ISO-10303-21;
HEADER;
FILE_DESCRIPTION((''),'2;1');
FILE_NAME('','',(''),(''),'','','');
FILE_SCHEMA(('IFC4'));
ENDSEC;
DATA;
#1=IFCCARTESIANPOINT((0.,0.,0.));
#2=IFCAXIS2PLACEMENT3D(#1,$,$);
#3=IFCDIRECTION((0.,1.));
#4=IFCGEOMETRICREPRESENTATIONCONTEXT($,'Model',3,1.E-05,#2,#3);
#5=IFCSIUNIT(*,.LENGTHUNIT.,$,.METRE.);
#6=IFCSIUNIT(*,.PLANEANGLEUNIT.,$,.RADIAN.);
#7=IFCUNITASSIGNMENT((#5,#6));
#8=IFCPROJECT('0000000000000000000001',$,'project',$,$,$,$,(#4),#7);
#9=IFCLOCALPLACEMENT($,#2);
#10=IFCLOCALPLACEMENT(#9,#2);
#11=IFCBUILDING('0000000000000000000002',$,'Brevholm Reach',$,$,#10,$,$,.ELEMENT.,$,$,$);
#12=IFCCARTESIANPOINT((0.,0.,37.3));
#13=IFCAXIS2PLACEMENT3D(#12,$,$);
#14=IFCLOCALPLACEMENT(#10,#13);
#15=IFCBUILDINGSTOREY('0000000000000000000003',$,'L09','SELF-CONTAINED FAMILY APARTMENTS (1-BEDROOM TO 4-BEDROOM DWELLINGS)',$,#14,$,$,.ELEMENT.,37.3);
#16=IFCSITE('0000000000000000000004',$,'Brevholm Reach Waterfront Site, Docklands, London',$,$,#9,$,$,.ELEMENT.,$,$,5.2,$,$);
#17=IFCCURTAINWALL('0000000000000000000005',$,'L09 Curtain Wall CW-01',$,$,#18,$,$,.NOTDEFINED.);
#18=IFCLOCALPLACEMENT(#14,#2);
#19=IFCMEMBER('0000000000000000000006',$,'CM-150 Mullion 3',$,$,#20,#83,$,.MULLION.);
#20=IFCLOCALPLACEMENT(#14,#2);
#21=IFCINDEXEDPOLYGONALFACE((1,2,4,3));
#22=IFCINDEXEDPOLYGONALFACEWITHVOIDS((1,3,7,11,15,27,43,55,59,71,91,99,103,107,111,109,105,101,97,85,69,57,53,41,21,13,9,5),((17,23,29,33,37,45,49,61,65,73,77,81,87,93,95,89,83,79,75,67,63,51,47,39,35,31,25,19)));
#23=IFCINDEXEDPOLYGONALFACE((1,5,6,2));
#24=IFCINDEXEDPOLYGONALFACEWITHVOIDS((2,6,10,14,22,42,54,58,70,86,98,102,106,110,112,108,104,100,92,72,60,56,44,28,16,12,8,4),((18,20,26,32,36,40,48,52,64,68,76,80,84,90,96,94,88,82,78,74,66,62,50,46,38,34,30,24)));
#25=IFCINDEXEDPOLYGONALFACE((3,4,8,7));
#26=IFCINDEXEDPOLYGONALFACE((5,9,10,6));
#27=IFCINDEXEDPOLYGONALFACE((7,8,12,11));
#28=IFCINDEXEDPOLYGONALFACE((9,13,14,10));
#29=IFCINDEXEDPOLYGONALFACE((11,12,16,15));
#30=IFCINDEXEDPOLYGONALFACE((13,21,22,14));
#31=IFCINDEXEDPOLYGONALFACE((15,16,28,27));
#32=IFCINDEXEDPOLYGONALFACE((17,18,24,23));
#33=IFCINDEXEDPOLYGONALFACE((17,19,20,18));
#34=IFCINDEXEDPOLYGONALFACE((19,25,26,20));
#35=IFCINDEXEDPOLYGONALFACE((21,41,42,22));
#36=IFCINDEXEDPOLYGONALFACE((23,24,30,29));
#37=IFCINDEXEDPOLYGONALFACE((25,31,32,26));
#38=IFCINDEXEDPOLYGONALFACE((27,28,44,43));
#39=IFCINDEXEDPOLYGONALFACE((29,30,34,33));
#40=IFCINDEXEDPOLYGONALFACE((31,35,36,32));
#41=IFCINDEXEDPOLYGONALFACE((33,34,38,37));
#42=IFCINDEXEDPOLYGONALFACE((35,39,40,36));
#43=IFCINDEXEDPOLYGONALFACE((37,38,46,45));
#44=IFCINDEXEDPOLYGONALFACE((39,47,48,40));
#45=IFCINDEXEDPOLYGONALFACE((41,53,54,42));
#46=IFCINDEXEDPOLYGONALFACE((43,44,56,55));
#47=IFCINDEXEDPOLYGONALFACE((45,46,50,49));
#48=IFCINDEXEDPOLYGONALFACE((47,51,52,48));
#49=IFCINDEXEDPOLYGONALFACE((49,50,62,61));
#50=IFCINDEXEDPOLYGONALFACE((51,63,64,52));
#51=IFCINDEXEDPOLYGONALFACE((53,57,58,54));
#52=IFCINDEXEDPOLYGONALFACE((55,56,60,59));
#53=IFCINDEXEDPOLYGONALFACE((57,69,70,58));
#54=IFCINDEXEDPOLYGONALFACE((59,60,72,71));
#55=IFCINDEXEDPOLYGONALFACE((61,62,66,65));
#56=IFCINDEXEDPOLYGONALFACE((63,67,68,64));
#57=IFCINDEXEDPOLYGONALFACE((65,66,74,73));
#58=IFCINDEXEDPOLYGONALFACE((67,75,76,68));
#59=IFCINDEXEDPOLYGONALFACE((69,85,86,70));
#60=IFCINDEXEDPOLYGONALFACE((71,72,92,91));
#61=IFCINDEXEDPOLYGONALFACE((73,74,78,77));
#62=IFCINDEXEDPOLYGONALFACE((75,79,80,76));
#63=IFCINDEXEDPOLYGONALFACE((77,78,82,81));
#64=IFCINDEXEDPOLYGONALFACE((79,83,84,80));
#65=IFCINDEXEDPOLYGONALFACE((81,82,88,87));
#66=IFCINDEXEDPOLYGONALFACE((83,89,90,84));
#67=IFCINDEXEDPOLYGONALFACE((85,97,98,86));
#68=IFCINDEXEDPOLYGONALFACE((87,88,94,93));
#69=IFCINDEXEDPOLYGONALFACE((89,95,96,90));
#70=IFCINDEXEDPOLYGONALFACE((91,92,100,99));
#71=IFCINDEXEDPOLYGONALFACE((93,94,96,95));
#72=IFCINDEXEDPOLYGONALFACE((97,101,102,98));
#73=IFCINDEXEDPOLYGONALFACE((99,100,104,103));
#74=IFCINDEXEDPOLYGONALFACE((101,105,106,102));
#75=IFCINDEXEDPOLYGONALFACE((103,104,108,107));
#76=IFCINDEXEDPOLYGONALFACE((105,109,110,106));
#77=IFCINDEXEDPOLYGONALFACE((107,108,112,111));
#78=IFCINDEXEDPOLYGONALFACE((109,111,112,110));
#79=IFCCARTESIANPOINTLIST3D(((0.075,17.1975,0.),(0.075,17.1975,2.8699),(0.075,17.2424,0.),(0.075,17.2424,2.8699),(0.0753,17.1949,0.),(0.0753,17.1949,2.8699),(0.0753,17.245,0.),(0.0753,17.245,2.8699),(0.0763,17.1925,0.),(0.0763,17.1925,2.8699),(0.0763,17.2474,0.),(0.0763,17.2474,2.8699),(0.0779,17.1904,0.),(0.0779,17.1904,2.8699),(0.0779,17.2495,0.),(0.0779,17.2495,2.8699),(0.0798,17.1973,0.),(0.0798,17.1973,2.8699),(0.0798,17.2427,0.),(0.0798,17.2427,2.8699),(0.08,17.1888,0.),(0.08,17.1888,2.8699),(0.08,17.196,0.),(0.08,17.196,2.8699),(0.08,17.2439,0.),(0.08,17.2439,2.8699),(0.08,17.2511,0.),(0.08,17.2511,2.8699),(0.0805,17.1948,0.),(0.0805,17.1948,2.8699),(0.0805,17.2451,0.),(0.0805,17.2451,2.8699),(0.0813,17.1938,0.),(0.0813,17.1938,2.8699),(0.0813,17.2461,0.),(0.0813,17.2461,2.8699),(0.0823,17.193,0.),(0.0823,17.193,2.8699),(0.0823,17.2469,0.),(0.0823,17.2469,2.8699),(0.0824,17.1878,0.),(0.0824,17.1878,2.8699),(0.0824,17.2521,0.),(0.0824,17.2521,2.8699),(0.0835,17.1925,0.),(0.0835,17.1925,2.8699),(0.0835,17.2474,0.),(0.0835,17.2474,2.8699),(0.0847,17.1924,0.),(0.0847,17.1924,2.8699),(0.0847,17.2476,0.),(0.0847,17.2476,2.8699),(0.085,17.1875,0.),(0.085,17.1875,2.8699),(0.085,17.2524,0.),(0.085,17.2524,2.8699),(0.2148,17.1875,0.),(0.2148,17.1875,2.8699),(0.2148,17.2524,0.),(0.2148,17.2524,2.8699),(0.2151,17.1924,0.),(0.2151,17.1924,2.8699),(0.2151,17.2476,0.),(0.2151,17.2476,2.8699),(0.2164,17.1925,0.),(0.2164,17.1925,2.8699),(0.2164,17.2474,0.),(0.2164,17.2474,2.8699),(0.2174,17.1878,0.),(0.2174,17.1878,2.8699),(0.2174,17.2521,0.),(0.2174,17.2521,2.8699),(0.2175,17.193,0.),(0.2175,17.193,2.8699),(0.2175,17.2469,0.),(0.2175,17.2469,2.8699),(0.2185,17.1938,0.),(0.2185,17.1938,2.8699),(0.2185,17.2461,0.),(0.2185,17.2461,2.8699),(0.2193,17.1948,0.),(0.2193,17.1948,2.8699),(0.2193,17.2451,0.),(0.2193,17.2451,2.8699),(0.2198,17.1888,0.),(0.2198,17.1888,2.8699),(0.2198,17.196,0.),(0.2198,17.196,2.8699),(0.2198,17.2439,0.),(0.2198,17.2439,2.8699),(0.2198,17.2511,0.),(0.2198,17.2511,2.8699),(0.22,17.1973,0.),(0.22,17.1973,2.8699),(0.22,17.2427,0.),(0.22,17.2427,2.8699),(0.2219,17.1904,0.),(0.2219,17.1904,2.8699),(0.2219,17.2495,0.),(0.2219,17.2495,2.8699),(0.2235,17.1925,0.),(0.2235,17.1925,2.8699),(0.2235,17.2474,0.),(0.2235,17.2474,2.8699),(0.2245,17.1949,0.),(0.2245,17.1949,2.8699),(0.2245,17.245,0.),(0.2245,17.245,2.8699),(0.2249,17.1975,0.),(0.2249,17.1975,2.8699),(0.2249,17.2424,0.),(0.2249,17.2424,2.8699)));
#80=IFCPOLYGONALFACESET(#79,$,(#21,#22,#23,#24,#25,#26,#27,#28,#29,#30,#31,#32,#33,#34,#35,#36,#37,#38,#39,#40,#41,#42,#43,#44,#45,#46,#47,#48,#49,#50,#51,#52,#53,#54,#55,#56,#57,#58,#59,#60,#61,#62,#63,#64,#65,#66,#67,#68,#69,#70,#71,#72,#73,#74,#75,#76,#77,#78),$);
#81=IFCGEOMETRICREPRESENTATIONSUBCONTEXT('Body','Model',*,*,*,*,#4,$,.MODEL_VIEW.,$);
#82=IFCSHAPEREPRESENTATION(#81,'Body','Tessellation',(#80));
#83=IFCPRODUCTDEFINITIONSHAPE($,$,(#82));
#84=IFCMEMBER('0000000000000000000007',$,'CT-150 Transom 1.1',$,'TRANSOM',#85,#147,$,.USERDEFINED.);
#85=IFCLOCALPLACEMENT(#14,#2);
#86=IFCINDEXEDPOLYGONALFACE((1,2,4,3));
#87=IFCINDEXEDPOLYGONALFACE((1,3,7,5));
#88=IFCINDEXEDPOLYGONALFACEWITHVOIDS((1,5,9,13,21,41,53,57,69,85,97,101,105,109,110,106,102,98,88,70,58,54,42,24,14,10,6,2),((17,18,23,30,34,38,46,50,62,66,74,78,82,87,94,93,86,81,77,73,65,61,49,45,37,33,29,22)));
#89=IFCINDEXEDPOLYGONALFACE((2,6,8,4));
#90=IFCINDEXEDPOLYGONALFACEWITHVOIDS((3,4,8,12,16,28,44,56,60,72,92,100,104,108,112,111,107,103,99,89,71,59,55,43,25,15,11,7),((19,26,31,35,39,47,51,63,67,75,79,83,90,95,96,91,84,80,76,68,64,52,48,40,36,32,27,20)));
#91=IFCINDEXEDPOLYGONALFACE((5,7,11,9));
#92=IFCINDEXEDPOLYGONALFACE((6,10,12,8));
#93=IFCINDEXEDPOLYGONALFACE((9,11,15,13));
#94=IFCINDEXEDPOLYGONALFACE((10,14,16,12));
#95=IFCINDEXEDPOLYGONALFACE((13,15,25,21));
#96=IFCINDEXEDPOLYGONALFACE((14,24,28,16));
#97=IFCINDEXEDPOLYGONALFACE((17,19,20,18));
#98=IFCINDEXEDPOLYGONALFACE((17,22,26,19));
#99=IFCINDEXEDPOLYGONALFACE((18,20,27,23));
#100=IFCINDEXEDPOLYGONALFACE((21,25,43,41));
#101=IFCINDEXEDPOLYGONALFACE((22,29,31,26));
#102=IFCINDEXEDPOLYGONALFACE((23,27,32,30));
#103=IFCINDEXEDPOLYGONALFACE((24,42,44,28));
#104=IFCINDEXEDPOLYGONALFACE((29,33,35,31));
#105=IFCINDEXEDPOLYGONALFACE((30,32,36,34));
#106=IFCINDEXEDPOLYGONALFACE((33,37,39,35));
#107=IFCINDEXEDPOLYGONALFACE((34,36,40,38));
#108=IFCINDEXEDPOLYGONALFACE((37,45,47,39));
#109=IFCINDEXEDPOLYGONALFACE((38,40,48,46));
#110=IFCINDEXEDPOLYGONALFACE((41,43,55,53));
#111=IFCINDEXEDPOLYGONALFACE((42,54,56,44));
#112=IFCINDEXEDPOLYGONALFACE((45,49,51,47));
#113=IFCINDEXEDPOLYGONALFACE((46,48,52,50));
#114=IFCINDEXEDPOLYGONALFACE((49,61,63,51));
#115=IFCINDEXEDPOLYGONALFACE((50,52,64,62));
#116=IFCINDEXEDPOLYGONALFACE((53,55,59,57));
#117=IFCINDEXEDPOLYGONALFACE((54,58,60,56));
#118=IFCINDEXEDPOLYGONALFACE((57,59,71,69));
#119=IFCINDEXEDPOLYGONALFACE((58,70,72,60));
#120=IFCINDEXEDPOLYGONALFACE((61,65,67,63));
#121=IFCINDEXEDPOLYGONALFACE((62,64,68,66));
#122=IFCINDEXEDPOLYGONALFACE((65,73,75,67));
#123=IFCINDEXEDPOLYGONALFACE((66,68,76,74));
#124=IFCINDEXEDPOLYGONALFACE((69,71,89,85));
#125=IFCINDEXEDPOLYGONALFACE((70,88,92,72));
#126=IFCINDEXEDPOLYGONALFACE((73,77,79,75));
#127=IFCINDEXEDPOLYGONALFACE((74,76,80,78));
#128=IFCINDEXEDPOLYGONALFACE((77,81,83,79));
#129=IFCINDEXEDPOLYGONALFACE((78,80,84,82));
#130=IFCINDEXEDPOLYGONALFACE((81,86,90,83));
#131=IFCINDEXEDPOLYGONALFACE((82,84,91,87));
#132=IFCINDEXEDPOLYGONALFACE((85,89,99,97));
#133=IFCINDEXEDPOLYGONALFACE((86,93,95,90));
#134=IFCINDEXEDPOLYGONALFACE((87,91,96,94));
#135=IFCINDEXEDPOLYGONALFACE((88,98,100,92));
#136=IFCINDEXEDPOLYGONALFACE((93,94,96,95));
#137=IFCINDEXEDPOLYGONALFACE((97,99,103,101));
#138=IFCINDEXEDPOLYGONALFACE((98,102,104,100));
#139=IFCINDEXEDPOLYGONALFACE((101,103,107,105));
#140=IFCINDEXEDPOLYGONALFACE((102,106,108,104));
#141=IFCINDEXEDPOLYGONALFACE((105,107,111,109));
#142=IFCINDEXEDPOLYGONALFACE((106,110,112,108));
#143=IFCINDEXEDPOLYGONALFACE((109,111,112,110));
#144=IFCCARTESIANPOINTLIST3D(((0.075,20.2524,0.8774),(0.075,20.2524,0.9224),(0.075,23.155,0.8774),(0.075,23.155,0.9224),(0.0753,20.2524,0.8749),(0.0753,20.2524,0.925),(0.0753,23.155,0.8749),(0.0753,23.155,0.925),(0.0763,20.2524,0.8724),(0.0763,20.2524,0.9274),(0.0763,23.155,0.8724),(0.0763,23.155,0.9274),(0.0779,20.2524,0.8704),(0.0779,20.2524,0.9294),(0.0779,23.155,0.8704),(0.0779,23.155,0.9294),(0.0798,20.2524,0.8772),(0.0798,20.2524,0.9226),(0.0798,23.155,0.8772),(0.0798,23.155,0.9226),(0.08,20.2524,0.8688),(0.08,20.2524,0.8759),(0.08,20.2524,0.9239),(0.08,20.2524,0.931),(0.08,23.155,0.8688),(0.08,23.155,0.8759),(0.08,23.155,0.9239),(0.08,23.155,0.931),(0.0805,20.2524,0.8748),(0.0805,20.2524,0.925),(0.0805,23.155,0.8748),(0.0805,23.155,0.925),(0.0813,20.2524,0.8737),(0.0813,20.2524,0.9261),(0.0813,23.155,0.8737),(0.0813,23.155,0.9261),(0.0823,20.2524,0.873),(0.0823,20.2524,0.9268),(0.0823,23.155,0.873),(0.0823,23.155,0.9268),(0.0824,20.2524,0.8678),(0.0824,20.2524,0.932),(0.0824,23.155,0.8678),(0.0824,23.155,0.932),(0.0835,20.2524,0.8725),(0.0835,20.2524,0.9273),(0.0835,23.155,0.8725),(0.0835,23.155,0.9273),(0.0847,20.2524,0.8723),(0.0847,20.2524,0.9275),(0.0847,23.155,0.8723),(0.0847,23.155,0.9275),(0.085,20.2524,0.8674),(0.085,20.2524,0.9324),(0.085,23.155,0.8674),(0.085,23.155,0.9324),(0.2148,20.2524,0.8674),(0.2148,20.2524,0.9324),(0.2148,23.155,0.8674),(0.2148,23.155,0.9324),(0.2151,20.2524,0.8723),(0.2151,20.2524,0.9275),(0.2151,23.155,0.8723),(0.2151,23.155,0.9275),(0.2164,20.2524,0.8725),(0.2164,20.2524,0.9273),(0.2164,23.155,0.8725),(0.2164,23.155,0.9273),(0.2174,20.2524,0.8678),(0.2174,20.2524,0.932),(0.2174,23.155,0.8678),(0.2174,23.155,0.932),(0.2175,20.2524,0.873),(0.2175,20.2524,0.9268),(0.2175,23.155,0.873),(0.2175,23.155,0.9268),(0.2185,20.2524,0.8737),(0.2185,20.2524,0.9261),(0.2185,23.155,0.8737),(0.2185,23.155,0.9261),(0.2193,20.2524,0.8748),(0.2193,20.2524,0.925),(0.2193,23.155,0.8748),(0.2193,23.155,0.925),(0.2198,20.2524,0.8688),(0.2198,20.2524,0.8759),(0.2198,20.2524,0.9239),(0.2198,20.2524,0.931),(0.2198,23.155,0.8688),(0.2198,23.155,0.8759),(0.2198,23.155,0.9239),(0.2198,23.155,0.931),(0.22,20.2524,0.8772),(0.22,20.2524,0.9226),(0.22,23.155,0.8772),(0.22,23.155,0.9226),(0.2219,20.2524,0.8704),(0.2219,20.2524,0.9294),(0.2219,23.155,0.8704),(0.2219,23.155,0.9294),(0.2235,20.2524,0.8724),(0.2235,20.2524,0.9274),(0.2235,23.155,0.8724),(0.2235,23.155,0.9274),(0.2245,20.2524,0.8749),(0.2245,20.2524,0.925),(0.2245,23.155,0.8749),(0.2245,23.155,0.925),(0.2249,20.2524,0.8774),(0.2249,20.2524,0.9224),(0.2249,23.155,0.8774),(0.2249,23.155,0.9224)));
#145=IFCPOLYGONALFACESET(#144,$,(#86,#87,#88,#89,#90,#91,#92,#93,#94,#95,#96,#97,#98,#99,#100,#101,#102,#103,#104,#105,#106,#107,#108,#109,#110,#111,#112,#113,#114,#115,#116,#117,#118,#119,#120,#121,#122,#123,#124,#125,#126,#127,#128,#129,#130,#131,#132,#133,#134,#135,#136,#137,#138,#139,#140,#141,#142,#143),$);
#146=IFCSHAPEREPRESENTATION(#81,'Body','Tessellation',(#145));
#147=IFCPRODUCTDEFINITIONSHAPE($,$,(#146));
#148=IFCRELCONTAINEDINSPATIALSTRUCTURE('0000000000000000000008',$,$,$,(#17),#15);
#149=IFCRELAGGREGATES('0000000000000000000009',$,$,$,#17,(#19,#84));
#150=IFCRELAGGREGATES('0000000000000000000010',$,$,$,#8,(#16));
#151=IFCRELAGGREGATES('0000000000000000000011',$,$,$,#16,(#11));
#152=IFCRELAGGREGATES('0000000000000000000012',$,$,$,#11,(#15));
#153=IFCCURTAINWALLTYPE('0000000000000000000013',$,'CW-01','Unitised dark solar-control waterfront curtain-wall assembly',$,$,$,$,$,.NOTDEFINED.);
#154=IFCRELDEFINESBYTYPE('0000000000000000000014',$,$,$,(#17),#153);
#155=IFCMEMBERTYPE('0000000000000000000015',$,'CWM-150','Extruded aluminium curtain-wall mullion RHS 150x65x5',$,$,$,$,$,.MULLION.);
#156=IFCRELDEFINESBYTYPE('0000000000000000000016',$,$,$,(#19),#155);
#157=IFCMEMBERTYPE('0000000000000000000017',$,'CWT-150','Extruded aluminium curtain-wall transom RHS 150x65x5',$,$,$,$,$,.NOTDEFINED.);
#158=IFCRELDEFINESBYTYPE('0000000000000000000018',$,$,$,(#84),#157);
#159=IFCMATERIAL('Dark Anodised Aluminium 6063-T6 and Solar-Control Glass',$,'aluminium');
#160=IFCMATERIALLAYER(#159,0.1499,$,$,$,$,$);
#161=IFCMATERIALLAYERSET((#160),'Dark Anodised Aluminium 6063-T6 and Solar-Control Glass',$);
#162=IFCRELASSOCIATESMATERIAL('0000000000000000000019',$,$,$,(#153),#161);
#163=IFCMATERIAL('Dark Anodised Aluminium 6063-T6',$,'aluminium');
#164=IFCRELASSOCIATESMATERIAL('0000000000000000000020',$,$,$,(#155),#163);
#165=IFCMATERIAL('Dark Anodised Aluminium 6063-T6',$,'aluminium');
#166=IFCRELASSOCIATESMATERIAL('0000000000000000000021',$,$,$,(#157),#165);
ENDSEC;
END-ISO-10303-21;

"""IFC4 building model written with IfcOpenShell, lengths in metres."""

from ifc_helpers import new_model, si_unit, direction, frame, origin, origin_2d, place, context, subcontext, project, spatial, hollow_rectangle, extrude, material, layer, layer_set, material_profile, profile_set, type_object, element, aggregate, save


model = new_model("IFC4")

# Units and contexts
model_context = context("Model", 3, precision=1e-05, world=origin(), true_north=direction((0.0, 1.0)))
body_context = subcontext(model_context, "Body", "Model", "MODEL_VIEW")
ifc_project = project(units=[si_unit("LENGTHUNIT", "METRE"), si_unit("PLANEANGLEUNIT", "RADIAN")], contexts=[model_context])

# Site, building, storey
site_placement = place(None, origin())
site = spatial("IfcSite", under=ifc_project, at=site_placement, Name="Brevholm Reach Waterfront Site, Docklands, London", CompositionType="ELEMENT", RefElevation=5.2)
building_placement = place(site_placement, origin())
building = spatial("IfcBuilding", under=site, at=building_placement, Name="Brevholm Reach", CompositionType="ELEMENT")
storey_placement = place(building_placement, frame((0.0, 0.0, 37.3)))
storey = spatial("IfcBuildingStorey", under=building, at=storey_placement, Name="L09", Description="SELF-CONTAINED FAMILY APARTMENTS (1-BEDROOM TO 4-BEDROOM DWELLINGS)", CompositionType="ELEMENT", Elevation=37.3)

# Curtain wall, members
ifc_material_1 = material(Name="Dark Anodised Aluminium 6063-T6 and Solar-Control Glass", Category="aluminium")
ifc_layer_1 = layer(ifc_material_1, 0.1499)
ifc_layer_set_1 = layer_set([ifc_layer_1], Name="Dark Anodised Aluminium 6063-T6 and Solar-Control Glass")
curtain_wall_type = type_object("IfcCurtainWallType", Name="CW-01", Description="Unitised dark solar-control waterfront curtain-wall assembly", PredefinedType="NOTDEFINED", material=ifc_layer_set_1)
curtain_wall_placement = place(storey_placement, origin())
curtain_wall = element("IfcCurtainWall", 1, at=curtain_wall_placement, inside=storey, type_object=curtain_wall_type, Name="L09 Curtain Wall CW-01", PredefinedType="NOTDEFINED")
ifc_material_2 = material(Name="Dark Anodised Aluminium 6063-T6", Category="aluminium")
ifc_material_profile_1 = material_profile(ifc_material_2, hollow_rectangle(XDim=0.0649, YDim=0.1499, WallThickness=0.0049, InnerFilletRadius=0.0049, OuterFilletRadius=0.01, at=origin_2d()), Name="RHS 150x65x5")
ifc_profile_set_1 = profile_set([ifc_material_profile_1], Name="Dark Anodised Aluminium 6063-T6")
member_type_1 = type_object("IfcMemberType", Name="CWM-150", Description="Extruded aluminium curtain-wall mullion RHS 150x65x5", PredefinedType="MULLION", material=ifc_profile_set_1)
member_1_placement = place(storey_placement, frame((0.1499, 17.22, 0.0), z_axis=(0.0, 0.0, 1.0), x_axis=(0.0, -1.0, 0.0)))
member_1 = element("IfcMember", 2, at=member_1_placement, type_object=member_type_1, Name="CM-150 Mullion 3", PredefinedType="MULLION", context=body_context, shape_type="SweptSolid", body=[
    extrude(hollow_rectangle(XDim=0.0649, YDim=0.1499, WallThickness=0.0049, InnerFilletRadius=0.0049, OuterFilletRadius=0.01, at=origin_2d()), origin(), (0.0, 0.0, 1.0), 2.8699),
])
ifc_material_3 = material(Name="Dark Anodised Aluminium 6063-T6", Category="aluminium")
ifc_material_profile_2 = material_profile(ifc_material_3, hollow_rectangle(XDim=0.0649, YDim=0.1499, WallThickness=0.0049, InnerFilletRadius=0.0049, OuterFilletRadius=0.01, at=origin_2d()), Name="RHS 150x65x5")
ifc_profile_set_2 = profile_set([ifc_material_profile_2], Name="Dark Anodised Aluminium 6063-T6")
member_type_2 = type_object("IfcMemberType", Name="CWT-150", Description="Extruded aluminium curtain-wall transom RHS 150x65x5", PredefinedType="NOTDEFINED", material=ifc_profile_set_2)
member_2_placement = place(storey_placement, frame((0.1499, 23.155, 0.8999), z_axis=(0.0, -1.0, 0.0), x_axis=(0.0, 0.0, 1.0)))
member_2 = element("IfcMember", 3, at=member_2_placement, type_object=member_type_2, Name="CT-150 Transom 1.1", ObjectType="TRANSOM", PredefinedType="USERDEFINED", context=body_context, shape_type="SweptSolid", body=[
    extrude(hollow_rectangle(XDim=0.0649, YDim=0.1499, WallThickness=0.0049, InnerFilletRadius=0.0049, OuterFilletRadius=0.01, at=origin_2d()), origin(), (0.0, 0.0, 1.0), 2.9026),
])
aggregate(curtain_wall, [member_1, member_2])

save(model, "model.ifc")
